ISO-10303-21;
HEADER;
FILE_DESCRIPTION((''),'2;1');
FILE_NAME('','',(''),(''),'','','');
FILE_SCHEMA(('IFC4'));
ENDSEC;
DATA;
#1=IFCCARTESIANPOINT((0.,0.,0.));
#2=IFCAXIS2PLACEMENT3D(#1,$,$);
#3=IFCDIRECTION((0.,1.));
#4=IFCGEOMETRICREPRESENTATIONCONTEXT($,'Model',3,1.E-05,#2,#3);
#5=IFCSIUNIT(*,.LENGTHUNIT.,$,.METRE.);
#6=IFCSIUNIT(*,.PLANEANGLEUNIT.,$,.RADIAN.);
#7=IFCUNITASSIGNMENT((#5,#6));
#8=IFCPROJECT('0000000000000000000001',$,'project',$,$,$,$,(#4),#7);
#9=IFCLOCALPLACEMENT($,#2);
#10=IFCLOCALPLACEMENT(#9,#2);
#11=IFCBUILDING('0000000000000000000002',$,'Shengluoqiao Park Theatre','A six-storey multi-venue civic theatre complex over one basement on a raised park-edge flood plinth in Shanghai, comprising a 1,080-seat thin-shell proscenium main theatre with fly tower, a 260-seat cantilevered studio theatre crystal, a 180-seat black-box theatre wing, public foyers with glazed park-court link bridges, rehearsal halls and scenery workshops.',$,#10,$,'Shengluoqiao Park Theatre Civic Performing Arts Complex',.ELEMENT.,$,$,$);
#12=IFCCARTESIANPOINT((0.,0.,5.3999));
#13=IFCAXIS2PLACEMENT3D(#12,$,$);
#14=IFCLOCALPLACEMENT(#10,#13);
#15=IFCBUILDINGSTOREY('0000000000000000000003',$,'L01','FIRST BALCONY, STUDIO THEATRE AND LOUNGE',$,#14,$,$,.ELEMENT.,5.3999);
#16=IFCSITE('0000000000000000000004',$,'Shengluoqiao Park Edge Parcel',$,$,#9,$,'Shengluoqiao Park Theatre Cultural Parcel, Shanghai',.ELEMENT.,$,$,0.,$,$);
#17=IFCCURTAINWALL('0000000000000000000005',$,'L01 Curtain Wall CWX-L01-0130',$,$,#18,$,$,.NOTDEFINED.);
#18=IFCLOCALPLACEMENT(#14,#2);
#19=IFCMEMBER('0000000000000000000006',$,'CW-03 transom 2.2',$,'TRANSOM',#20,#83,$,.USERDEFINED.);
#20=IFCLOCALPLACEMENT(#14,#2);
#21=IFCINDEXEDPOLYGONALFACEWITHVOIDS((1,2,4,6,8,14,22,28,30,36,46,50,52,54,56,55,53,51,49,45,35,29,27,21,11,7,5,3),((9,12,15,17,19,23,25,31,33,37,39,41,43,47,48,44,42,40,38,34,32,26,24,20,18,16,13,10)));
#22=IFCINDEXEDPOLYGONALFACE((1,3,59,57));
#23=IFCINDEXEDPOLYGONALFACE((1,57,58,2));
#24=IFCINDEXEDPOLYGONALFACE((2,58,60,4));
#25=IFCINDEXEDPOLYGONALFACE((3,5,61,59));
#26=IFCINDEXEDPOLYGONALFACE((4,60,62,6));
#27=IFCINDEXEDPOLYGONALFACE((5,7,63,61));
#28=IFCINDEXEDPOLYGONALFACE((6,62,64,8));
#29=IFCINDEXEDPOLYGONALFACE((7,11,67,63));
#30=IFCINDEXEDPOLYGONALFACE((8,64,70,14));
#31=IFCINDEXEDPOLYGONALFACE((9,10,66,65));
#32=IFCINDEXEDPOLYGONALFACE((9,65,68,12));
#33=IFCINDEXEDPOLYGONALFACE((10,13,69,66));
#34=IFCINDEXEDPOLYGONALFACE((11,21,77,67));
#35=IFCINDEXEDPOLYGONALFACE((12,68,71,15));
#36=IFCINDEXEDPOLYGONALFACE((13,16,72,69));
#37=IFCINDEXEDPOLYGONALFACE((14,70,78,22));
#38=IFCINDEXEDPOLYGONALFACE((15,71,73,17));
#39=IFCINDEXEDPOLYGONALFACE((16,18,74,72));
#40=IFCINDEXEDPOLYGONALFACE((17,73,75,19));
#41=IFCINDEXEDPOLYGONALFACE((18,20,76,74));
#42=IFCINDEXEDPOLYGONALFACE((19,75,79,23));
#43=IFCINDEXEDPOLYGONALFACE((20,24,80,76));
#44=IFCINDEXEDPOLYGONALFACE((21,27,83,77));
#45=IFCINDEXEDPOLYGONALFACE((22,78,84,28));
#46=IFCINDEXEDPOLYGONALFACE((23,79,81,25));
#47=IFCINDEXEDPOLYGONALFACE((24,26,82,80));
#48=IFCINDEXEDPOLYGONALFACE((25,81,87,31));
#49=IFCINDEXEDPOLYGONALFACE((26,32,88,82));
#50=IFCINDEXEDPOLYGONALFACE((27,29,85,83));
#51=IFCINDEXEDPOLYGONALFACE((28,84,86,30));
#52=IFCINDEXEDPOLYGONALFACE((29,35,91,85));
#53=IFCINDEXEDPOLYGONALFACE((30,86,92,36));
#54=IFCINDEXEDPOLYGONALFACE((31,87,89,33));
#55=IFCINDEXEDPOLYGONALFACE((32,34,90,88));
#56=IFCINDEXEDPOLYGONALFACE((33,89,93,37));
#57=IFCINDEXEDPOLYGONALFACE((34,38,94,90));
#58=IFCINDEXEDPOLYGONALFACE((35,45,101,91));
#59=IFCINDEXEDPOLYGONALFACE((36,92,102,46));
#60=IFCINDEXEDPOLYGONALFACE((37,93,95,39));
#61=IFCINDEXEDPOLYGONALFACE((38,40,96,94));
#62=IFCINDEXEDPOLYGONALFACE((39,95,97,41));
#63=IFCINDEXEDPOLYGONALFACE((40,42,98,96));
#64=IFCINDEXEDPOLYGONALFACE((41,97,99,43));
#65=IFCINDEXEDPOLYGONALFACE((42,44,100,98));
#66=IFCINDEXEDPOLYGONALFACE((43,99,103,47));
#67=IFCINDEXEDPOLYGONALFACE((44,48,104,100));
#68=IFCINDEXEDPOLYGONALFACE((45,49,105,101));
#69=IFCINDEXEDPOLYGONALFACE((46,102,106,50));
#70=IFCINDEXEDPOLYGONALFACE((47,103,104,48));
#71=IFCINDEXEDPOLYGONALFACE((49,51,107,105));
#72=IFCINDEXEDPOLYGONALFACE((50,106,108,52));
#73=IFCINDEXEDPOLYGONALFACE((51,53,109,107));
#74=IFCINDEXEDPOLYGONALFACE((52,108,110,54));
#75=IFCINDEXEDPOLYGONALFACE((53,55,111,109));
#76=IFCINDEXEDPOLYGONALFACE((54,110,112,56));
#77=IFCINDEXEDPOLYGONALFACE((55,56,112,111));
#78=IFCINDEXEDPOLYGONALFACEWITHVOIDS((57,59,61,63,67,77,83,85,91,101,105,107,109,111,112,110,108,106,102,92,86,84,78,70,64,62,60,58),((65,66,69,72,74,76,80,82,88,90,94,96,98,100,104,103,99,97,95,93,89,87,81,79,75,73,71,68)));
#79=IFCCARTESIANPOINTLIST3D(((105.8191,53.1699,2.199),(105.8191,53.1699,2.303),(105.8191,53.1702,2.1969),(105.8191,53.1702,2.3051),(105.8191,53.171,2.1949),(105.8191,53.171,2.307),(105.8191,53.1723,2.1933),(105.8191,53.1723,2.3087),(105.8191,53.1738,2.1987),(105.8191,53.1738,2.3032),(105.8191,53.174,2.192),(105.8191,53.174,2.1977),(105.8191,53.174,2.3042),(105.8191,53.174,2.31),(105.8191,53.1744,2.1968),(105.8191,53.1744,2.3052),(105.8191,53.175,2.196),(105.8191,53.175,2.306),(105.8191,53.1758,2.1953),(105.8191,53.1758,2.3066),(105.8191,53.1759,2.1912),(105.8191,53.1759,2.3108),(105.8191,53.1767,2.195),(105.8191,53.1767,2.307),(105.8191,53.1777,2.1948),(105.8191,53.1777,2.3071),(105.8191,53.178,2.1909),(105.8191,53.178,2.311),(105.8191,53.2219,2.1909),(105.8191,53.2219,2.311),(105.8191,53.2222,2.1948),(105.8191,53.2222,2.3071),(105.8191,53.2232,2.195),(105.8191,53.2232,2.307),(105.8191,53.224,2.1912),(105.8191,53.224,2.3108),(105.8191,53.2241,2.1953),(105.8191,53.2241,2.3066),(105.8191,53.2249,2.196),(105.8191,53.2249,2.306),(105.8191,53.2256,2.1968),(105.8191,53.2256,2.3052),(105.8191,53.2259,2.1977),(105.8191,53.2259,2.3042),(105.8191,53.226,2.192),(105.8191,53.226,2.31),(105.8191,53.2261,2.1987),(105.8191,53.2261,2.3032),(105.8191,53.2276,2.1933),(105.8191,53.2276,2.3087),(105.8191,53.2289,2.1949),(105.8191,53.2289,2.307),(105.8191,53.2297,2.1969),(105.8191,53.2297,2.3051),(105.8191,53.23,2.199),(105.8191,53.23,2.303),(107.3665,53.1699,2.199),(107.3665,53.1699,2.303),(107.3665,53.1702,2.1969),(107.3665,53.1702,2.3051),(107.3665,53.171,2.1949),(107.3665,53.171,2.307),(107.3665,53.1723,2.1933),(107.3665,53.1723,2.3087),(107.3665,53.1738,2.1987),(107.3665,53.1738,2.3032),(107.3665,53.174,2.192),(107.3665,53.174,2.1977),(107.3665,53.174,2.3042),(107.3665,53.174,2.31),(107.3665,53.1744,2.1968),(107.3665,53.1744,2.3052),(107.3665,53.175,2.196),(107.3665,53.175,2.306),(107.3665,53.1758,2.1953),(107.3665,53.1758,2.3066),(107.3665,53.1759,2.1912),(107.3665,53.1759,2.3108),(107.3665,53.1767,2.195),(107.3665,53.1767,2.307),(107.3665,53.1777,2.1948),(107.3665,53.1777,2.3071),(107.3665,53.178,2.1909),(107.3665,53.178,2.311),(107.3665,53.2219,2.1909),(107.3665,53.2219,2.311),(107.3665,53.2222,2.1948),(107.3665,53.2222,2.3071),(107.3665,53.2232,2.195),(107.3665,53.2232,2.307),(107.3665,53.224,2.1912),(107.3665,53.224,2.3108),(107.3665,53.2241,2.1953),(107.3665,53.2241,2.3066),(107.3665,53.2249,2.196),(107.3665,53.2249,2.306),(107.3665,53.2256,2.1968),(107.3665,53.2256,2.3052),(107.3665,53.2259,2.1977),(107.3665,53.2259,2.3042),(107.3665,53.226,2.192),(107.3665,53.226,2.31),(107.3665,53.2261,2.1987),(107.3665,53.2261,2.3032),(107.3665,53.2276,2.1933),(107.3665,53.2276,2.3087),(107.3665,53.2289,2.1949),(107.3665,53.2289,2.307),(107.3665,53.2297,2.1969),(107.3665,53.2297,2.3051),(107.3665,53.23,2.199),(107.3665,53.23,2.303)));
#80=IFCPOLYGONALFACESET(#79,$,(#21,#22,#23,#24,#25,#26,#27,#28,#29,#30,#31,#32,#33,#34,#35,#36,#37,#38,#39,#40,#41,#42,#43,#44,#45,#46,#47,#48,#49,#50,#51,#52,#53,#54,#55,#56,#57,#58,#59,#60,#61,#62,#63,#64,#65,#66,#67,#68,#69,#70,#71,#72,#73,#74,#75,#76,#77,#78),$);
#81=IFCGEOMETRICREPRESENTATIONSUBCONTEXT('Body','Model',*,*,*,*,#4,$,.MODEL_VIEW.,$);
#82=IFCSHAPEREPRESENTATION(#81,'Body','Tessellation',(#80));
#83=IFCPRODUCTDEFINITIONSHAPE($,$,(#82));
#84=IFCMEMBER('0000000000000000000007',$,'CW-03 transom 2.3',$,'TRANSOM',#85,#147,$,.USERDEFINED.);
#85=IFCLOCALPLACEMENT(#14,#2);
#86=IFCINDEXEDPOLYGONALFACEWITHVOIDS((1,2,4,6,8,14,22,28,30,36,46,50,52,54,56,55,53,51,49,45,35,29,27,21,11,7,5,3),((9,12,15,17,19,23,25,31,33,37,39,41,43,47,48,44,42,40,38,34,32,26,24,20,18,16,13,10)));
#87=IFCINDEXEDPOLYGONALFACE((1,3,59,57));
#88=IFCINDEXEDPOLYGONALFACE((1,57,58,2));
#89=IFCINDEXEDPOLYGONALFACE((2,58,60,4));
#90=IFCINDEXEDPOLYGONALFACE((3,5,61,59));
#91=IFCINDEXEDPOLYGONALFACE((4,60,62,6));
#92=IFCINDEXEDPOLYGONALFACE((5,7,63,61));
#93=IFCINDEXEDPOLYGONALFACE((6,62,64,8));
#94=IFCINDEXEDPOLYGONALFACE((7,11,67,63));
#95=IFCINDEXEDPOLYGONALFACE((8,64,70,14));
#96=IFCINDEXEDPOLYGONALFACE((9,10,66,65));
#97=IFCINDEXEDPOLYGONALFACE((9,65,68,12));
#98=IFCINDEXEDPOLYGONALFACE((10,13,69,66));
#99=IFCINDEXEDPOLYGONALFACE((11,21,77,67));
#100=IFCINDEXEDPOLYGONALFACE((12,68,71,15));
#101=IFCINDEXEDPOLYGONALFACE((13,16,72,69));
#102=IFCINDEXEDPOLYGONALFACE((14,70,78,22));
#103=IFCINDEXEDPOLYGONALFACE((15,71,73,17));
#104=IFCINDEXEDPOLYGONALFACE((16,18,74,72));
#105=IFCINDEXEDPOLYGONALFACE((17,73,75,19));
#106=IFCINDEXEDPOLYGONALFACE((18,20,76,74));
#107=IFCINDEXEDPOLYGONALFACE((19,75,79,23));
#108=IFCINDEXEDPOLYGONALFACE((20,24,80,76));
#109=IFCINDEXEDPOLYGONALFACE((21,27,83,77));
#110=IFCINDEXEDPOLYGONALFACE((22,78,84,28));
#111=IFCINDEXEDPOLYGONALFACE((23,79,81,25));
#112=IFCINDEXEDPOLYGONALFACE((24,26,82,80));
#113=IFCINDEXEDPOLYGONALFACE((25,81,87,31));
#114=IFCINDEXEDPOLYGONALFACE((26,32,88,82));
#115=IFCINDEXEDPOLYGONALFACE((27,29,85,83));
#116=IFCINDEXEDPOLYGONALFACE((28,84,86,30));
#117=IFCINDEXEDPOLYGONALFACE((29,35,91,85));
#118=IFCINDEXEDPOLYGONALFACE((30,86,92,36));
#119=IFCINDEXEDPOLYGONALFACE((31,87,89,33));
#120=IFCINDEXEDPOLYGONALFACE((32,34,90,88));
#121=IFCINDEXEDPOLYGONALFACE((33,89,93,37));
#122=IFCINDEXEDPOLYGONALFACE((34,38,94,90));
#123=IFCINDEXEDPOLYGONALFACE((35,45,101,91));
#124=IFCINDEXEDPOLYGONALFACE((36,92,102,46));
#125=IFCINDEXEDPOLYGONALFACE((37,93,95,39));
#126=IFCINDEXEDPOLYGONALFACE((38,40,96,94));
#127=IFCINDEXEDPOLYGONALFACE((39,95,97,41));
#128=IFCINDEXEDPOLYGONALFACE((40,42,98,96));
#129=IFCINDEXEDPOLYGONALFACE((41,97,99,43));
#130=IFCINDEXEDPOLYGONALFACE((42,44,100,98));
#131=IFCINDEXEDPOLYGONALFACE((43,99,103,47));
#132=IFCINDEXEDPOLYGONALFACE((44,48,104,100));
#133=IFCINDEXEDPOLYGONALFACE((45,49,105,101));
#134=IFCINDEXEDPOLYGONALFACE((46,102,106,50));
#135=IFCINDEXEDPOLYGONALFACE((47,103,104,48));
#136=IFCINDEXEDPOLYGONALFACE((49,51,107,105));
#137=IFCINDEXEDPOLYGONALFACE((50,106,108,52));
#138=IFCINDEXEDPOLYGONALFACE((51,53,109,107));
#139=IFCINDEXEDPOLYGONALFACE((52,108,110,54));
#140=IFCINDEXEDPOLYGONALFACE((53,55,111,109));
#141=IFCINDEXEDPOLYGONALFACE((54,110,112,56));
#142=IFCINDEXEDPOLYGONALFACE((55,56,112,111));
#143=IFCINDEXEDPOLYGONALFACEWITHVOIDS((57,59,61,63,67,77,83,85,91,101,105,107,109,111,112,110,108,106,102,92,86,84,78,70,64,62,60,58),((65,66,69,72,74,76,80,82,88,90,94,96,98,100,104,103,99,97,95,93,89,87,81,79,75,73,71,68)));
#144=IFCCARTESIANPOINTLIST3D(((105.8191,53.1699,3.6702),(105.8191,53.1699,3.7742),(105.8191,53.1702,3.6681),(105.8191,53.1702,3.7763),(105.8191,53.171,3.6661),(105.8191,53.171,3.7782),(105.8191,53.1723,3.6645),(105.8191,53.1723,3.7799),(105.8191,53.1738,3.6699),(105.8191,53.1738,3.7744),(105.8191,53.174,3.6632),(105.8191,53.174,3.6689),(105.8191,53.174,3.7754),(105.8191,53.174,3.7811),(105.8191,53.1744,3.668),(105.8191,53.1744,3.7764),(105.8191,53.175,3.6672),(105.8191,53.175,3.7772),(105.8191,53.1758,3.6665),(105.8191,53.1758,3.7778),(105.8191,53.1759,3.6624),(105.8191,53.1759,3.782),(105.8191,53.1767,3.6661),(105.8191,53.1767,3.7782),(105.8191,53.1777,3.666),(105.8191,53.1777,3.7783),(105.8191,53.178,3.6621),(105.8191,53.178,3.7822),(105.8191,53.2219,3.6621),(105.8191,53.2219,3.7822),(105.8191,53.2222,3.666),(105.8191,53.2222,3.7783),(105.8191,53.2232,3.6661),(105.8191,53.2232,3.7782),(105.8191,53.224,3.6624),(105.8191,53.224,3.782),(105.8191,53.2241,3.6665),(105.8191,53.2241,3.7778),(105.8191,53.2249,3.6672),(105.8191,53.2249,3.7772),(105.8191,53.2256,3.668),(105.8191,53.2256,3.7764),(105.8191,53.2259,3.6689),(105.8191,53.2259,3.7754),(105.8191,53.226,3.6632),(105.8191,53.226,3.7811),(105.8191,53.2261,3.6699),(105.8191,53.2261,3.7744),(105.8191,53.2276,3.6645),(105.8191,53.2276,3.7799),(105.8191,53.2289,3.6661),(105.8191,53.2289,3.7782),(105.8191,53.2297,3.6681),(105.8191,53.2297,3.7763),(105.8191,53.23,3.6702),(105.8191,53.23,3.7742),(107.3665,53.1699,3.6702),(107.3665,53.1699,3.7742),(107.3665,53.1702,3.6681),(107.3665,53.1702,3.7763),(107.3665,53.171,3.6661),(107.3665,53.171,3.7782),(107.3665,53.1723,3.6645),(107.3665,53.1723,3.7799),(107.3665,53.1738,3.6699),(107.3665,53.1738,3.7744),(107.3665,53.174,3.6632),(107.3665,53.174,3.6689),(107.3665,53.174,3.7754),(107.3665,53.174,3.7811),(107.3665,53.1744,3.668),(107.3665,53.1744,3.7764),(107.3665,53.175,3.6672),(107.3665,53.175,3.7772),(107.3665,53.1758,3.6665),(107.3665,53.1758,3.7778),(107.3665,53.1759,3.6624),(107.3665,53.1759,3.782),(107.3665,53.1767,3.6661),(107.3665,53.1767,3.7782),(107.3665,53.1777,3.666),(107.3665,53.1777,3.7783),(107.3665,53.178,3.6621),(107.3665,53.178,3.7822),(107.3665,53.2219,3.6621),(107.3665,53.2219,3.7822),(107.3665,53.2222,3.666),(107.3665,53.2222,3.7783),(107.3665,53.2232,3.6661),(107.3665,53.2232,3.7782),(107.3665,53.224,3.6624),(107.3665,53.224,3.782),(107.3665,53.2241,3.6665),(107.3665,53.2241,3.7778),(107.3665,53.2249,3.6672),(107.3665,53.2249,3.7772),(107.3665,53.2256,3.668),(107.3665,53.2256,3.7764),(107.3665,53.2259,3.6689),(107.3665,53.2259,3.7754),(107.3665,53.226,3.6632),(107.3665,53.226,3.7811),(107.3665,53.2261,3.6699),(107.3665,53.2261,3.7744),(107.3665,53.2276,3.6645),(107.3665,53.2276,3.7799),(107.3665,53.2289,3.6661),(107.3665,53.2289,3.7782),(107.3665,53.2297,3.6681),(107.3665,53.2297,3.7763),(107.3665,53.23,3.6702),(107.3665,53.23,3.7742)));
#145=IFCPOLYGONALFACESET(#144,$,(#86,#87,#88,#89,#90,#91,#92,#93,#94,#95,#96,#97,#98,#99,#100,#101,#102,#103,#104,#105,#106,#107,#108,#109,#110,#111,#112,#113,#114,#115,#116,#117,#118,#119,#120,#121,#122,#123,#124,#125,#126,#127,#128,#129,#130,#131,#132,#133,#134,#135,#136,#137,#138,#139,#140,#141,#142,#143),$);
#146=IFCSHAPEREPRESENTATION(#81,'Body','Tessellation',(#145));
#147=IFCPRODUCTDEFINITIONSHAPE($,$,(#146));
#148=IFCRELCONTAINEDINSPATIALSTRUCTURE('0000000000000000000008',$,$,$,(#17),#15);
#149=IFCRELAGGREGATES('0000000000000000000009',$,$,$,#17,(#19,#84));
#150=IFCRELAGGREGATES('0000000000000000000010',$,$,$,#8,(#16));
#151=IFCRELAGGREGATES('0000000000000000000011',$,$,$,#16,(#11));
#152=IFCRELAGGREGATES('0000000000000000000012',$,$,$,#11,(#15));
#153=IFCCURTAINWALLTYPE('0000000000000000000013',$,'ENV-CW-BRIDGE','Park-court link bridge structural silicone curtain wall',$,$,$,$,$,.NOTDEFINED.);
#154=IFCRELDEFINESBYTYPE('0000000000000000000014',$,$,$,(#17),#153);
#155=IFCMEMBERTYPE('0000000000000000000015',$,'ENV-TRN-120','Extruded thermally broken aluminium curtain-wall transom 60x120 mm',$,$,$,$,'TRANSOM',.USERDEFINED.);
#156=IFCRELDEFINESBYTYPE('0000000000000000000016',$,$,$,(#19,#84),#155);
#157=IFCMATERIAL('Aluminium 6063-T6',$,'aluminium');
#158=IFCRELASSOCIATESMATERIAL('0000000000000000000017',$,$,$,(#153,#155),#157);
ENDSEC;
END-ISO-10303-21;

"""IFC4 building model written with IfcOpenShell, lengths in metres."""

from ifc_helpers import new_model, si_unit, direction, frame, origin, origin_2d, place, context, subcontext, project, spatial, hollow_rectangle, extrude, material, material_profile, profile_set, type_object, element, aggregate, save


model = new_model("IFC4")

# Units and contexts
model_context = context("Model", 3, precision=1e-05, world=origin(), true_north=direction((0.0, 1.0)))
body_context = subcontext(model_context, "Body", "Model", "MODEL_VIEW")
ifc_project = project(units=[si_unit("LENGTHUNIT", "METRE"), si_unit("PLANEANGLEUNIT", "RADIAN")], contexts=[model_context])

# Site, building, storey
site_placement = place(None, origin())
site = spatial("IfcSite", under=ifc_project, at=site_placement, Name="Shengluoqiao Park Edge Parcel", LongName="Shengluoqiao Park Theatre Cultural Parcel, Shanghai", CompositionType="ELEMENT", RefElevation=0.0)
building_placement = place(site_placement, origin())
building = spatial("IfcBuilding", under=site, at=building_placement, Name="Shengluoqiao Park Theatre", Description="A six-storey multi-venue civic theatre complex over one basement on a raised park-edge flood plinth in Shanghai, comprising a 1,080-seat thin-shell proscenium main theatre with fly tower, a 260-seat cantilevered studio theatre crystal, a 180-seat black-box theatre wing, public foyers with glazed park-court link bridges, rehearsal halls and scenery workshops.", LongName="Shengluoqiao Park Theatre Civic Performing Arts Complex", CompositionType="ELEMENT")
storey_placement = place(building_placement, frame((0.0, 0.0, 5.3999)))
storey = spatial("IfcBuildingStorey", under=building, at=storey_placement, Name="L01", Description="FIRST BALCONY, STUDIO THEATRE AND LOUNGE", CompositionType="ELEMENT", Elevation=5.3999)

# Shared definitions
ifc_material_1 = material(Name="Aluminium 6063-T6", Category="aluminium")
curtain_wall_type = type_object("IfcCurtainWallType", Name="ENV-CW-BRIDGE", Description="Park-court link bridge structural silicone curtain wall", PredefinedType="NOTDEFINED", material=ifc_material_1)

# Curtain wall
curtain_wall_1_placement = place(storey_placement, origin())
curtain_wall_1 = element("IfcCurtainWall", 1, at=curtain_wall_1_placement, inside=storey, type_object=curtain_wall_type, Name="L01 Curtain Wall CWX-L01-0130", PredefinedType="NOTDEFINED")

# Members
ifc_material_profile_1 = material_profile(ifc_material_1, hollow_rectangle(XDim=0.0601, YDim=0.1201, WallThickness=0.0039, InnerFilletRadius=0.0039, OuterFilletRadius=0.0081, at=origin_2d()), Name="ALU TRANSOM 120x60x4")
ifc_profile_set_1 = profile_set([ifc_material_profile_1], Name="Aluminium 6063-T6")
member_type_1 = type_object("IfcMemberType", Name="ENV-TRN-120", Description="Extruded thermally broken aluminium curtain-wall transom 60x120 mm", ElementType="TRANSOM", PredefinedType="USERDEFINED", material=ifc_profile_set_1)
member_1_placement = place(storey_placement, frame((105.8191, 53.2, 2.251), z_axis=(1.0, 0.0, 0.0), x_axis=(0.0, 1.0, 0.0)))
member_1 = element("IfcMember", 2, at=member_1_placement, type_object=member_type_1, Name="CW-03 transom 2.2", ObjectType="TRANSOM", PredefinedType="USERDEFINED", context=body_context, shape_type="SweptSolid", body=[
    extrude(hollow_rectangle(XDim=0.0601, YDim=0.1201, WallThickness=0.0039, InnerFilletRadius=0.0039, OuterFilletRadius=0.0081, at=origin_2d()), origin(), (0.0, 0.0, 1.0), 1.5474),
])
member_2_placement = place(storey_placement, frame((105.8191, 53.2, 3.7222), z_axis=(1.0, 0.0, 0.0), x_axis=(0.0, 1.0, 0.0)))
member_2 = element("IfcMember", 3, at=member_2_placement, type_object=member_type_1, Name="CW-03 transom 2.3", ObjectType="TRANSOM", PredefinedType="USERDEFINED", context=body_context, shape_type="SweptSolid", body=[
    extrude(hollow_rectangle(XDim=0.0601, YDim=0.1201, WallThickness=0.0039, InnerFilletRadius=0.0039, OuterFilletRadius=0.0081, at=origin_2d()), origin(), (0.0, 0.0, 1.0), 1.5474),
])

aggregate(curtain_wall_1, [member_1, member_2])

save(model, "model.ifc")
